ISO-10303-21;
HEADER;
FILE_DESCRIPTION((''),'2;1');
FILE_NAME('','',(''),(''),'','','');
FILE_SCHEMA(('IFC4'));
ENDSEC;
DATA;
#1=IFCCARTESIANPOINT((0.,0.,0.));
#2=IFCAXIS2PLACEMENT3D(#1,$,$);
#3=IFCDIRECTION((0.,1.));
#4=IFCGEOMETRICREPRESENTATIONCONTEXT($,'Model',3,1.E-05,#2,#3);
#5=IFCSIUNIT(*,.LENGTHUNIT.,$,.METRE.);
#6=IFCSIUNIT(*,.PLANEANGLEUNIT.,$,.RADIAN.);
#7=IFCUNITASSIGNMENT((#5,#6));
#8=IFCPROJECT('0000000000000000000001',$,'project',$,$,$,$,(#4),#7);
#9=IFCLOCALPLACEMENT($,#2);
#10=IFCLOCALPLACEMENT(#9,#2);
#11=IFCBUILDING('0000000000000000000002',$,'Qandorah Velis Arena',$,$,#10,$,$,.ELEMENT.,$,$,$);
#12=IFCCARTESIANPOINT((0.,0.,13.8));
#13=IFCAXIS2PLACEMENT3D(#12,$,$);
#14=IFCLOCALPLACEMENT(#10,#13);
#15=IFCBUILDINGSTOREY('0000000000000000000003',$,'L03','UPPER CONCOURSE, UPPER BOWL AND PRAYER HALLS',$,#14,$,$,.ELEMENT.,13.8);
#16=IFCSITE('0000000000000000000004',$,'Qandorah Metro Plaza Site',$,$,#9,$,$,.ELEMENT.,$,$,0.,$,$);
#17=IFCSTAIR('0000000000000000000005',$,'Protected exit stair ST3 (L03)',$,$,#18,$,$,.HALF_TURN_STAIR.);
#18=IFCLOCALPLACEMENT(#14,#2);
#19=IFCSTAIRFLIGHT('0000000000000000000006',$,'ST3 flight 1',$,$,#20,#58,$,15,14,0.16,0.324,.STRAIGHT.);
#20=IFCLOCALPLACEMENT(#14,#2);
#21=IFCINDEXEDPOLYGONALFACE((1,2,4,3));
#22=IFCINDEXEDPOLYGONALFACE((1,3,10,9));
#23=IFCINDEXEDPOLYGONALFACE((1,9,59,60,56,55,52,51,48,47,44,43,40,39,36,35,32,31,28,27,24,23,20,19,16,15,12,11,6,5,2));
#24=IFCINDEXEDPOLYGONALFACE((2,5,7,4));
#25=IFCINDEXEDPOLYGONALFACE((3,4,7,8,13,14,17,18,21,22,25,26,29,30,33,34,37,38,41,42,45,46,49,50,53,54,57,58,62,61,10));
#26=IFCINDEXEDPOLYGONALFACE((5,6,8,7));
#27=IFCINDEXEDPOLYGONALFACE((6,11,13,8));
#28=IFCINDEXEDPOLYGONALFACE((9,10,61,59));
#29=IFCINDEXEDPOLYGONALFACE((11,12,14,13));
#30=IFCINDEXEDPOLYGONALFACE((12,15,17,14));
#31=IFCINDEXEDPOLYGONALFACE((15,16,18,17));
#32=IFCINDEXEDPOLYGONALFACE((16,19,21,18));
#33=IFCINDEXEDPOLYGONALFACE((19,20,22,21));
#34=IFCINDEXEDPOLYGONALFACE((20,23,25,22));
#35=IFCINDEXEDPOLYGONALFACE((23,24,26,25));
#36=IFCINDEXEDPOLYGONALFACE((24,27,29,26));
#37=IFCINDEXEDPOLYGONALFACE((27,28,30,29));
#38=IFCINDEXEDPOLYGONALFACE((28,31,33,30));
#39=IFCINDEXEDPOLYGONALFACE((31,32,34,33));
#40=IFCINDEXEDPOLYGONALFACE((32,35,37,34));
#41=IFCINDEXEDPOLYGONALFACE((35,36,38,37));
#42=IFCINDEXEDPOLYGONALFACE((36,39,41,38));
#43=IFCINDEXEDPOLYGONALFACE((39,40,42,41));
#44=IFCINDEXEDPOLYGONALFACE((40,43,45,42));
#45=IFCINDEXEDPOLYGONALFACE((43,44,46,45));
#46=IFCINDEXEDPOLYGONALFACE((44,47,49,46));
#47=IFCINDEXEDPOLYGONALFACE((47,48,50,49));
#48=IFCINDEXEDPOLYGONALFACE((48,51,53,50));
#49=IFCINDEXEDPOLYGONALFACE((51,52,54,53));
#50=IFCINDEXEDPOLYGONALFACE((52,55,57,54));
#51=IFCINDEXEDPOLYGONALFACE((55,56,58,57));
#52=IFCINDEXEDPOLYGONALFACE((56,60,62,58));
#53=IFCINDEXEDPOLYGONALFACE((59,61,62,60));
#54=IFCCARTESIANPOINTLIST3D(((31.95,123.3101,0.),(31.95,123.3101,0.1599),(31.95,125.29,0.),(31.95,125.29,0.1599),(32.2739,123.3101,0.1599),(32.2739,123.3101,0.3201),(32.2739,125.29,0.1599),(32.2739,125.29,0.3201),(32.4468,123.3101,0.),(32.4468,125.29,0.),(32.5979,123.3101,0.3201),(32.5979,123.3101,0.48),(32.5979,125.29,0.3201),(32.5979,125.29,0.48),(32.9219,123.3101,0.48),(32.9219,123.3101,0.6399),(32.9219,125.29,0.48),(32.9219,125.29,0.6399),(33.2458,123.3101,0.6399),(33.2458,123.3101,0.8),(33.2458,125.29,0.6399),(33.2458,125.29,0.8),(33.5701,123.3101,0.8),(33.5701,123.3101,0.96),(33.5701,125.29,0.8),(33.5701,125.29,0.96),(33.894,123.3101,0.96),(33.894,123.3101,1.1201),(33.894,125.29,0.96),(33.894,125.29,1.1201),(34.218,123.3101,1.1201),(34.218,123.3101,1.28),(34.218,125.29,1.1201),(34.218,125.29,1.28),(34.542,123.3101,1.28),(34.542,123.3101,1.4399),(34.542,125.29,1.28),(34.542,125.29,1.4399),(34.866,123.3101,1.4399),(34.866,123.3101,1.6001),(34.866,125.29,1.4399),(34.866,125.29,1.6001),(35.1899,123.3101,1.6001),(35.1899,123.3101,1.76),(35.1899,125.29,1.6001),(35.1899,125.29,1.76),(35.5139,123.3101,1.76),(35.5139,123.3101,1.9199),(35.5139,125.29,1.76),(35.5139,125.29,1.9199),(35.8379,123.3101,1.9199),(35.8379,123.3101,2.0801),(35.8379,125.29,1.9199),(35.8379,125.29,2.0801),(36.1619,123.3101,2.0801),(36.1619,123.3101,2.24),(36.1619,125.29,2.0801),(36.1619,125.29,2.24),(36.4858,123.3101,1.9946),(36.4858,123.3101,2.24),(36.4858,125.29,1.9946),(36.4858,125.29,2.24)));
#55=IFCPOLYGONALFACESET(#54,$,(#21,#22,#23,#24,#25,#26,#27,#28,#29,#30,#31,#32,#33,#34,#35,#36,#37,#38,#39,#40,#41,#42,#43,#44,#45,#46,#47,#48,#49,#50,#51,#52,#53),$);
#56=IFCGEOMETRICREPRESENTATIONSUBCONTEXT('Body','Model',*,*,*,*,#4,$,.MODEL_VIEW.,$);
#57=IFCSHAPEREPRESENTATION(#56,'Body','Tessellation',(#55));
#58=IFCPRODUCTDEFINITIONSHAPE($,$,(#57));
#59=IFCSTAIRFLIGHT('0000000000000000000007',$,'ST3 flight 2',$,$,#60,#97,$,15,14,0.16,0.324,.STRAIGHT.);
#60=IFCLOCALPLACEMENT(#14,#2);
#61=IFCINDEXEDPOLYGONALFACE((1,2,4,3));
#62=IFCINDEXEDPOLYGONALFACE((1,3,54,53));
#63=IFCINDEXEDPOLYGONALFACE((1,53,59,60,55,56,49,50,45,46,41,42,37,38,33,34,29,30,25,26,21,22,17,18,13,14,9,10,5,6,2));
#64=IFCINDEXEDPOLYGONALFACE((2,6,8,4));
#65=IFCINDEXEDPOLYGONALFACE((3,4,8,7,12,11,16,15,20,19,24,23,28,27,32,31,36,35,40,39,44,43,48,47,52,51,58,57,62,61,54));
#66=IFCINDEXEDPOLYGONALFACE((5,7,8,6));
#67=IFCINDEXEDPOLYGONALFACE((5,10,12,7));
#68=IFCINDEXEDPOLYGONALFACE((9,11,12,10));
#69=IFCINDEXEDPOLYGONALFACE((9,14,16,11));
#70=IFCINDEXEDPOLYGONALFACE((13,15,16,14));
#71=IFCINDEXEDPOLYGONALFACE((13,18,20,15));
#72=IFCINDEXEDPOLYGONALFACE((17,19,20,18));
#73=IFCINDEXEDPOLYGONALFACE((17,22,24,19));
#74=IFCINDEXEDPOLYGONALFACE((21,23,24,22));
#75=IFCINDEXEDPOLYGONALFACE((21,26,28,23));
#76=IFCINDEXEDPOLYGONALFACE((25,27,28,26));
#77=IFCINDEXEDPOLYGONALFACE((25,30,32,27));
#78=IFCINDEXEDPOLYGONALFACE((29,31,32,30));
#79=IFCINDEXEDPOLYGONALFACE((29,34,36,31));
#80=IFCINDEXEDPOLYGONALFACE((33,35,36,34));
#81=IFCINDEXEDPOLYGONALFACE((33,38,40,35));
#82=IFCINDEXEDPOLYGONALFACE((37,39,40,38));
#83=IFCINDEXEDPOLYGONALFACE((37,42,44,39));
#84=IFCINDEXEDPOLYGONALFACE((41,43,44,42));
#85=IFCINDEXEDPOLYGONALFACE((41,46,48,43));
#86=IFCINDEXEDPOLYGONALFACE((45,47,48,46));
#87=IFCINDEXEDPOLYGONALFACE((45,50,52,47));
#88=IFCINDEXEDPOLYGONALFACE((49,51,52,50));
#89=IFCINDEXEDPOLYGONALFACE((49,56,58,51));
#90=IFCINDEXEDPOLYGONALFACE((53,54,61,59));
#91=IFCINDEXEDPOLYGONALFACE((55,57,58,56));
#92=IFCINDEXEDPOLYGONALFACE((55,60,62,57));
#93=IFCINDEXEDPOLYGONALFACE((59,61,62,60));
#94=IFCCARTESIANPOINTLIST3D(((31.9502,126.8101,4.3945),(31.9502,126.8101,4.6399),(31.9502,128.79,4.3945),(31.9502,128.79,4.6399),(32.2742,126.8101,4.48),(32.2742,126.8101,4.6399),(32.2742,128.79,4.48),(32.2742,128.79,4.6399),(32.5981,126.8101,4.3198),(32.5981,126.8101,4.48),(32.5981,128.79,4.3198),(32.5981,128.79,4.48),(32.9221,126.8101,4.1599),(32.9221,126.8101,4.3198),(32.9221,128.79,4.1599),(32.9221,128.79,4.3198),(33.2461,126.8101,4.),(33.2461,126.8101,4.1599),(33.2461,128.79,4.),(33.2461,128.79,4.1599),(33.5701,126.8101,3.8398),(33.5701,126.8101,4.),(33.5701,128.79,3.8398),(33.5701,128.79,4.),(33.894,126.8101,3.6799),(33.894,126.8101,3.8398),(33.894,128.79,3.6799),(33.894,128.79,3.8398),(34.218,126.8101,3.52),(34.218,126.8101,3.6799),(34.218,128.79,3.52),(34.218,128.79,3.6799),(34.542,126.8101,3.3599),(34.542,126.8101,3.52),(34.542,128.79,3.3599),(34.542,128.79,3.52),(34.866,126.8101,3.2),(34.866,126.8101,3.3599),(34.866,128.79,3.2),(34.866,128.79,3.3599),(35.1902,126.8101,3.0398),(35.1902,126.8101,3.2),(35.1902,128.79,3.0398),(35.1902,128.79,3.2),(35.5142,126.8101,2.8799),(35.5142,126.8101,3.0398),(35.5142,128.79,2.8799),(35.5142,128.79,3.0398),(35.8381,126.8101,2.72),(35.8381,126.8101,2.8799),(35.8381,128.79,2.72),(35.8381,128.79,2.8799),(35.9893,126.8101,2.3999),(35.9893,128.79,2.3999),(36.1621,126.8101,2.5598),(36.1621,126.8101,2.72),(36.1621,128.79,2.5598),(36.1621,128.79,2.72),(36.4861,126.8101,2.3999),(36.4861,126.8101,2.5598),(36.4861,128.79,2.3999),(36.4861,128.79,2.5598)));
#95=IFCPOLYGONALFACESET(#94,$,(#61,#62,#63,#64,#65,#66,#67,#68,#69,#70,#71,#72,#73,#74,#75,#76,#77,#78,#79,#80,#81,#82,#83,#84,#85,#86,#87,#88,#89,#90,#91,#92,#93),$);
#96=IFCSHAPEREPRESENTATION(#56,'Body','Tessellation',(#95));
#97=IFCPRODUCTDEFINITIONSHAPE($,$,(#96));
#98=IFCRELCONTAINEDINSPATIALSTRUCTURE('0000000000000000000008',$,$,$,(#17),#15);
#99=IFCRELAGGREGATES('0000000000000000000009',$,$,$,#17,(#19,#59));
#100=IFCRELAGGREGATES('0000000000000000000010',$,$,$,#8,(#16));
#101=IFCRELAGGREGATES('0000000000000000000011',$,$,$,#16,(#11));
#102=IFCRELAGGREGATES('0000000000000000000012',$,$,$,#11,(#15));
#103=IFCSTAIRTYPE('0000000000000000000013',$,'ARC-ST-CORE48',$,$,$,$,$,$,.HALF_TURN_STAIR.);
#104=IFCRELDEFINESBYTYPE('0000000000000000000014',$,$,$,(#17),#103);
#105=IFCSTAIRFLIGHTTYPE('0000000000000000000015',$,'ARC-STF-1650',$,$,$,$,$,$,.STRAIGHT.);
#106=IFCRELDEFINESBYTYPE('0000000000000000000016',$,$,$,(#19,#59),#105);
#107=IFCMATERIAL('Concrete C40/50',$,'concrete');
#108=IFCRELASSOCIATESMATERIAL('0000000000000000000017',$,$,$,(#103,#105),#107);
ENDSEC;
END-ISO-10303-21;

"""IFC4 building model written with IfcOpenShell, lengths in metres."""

from ifc_helpers import new_model, si_unit, direction, frame, origin, place, context, subcontext, project, spatial, polyline, outline, extrude, material, type_object, element, aggregate, save


model = new_model("IFC4")

# Units and contexts
model_context = context("Model", 3, precision=1e-05, world=origin(), true_north=direction((0.0, 1.0)))
body_context = subcontext(model_context, "Body", "Model", "MODEL_VIEW")
ifc_project = project(units=[si_unit("LENGTHUNIT", "METRE"), si_unit("PLANEANGLEUNIT", "RADIAN")], contexts=[model_context])

# Site, building, storey
site_placement = place(None, origin())
site = spatial("IfcSite", under=ifc_project, at=site_placement, Name="Qandorah Metro Plaza Site", CompositionType="ELEMENT", RefElevation=0.0)
building_placement = place(site_placement, origin())
building = spatial("IfcBuilding", under=site, at=building_placement, Name="Qandorah Velis Arena", CompositionType="ELEMENT")
storey_placement = place(building_placement, frame((0.0, 0.0, 13.8)))
storey = spatial("IfcBuildingStorey", under=building, at=storey_placement, Name="L03", Description="UPPER CONCOURSE, UPPER BOWL AND PRAYER HALLS", CompositionType="ELEMENT", Elevation=13.8)

# Shared definitions
ifc_material_1 = material(Name="Concrete C40/50", Category="concrete")

# Stair, stair flights
stair_type = type_object("IfcStairType", Name="ARC-ST-CORE48", PredefinedType="HALF_TURN_STAIR", material=ifc_material_1)
stair_placement = place(storey_placement, origin())
stair = element("IfcStair", 1, at=stair_placement, inside=storey, type_object=stair_type, Name="Protected exit stair ST3 (L03)", PredefinedType="HALF_TURN_STAIR")
stair_flight_type = type_object("IfcStairFlightType", Name="ARC-STF-1650", PredefinedType="STRAIGHT", material=ifc_material_1)
stair_flight_1_placement = place(storey_placement, frame((31.95, 124.3, 0.0), z_axis=(0.0, 0.0, 1.0), x_axis=(1.0, 0.0, 0.0)))
stair_flight_1 = element("IfcStairFlight", 2, at=stair_flight_1_placement, type_object=stair_flight_type, Name="ST3 flight 1", NumberOfRisers=15, NumberOfTreads=14, PredefinedType="STRAIGHT", RiserHeight=0.16, TreadLength=0.324, context=body_context, shape_type="SweptSolid", body=[
    extrude(outline(polyline([(0.0, 0.0), (0.0, 0.1599), (0.324, 0.1599), (0.324, 0.3201), (0.6479, 0.3201), (0.6479, 0.48), (0.9719, 0.48), (0.9719, 0.6399), (1.2959, 0.6399), (1.2959, 0.8), (1.6201, 0.8), (1.6201, 0.96), (1.9441, 0.96), (1.9441, 1.1201), (2.2681, 1.1201), (2.2681, 1.28), (2.592, 1.28), (2.592, 1.4399), (2.916, 1.4399), (2.916, 1.6001), (3.24, 1.6001), (3.24, 1.76), (3.564, 1.76), (3.564, 1.9199), (3.8879, 1.9199), (3.8879, 2.0801), (4.2119, 2.0801), (4.2119, 2.24), (4.5359, 2.24), (4.5359, 2.3999), (4.5359, 1.9946), (0.4968, 0.0), (0.0, 0.0)])), frame((0.0, 0.99, 0.0), z_axis=(0.0, -1.0, 0.0), x_axis=(1.0, 0.0, 0.0)), (0.0, 0.0, 1.0), 1.98),
])
stair_flight_2_placement = place(storey_placement, frame((36.4861, 127.8, 2.3999), z_axis=(0.0, 0.0, 1.0), x_axis=(-1.0, 0.0, 0.0)))
stair_flight_2 = element("IfcStairFlight", 3, at=stair_flight_2_placement, type_object=stair_flight_type, Name="ST3 flight 2", NumberOfRisers=15, NumberOfTreads=14, PredefinedType="STRAIGHT", RiserHeight=0.16, TreadLength=0.324, context=body_context, shape_type="SweptSolid", body=[
    extrude(outline(polyline([(0.0, 0.0), (0.0, 0.1599), (0.324, 0.1599), (0.324, 0.3201), (0.6479, 0.3201), (0.6479, 0.48), (0.9719, 0.48), (0.9719, 0.6399), (1.2959, 0.6399), (1.2959, 0.8), (1.6201, 0.8), (1.6201, 0.96), (1.9441, 0.96), (1.9441, 1.1201), (2.2681, 1.1201), (2.2681, 1.28), (2.592, 1.28), (2.592, 1.4399), (2.916, 1.4399), (2.916, 1.6001), (3.24, 1.6001), (3.24, 1.76), (3.564, 1.76), (3.564, 1.9199), (3.8879, 1.9199), (3.8879, 2.0801), (4.2119, 2.0801), (4.2119, 2.24), (4.5359, 2.24), (4.5359, 2.3999), (4.5359, 1.9946), (0.4968, 0.0), (0.0, 0.0)])), frame((0.0, 0.99, 0.0), z_axis=(0.0, -1.0, 0.0), x_axis=(1.0, 0.0, 0.0)), (0.0, 0.0, 1.0), 1.98),
])
aggregate(stair, [stair_flight_1, stair_flight_2])

save(model, "model.ifc")
